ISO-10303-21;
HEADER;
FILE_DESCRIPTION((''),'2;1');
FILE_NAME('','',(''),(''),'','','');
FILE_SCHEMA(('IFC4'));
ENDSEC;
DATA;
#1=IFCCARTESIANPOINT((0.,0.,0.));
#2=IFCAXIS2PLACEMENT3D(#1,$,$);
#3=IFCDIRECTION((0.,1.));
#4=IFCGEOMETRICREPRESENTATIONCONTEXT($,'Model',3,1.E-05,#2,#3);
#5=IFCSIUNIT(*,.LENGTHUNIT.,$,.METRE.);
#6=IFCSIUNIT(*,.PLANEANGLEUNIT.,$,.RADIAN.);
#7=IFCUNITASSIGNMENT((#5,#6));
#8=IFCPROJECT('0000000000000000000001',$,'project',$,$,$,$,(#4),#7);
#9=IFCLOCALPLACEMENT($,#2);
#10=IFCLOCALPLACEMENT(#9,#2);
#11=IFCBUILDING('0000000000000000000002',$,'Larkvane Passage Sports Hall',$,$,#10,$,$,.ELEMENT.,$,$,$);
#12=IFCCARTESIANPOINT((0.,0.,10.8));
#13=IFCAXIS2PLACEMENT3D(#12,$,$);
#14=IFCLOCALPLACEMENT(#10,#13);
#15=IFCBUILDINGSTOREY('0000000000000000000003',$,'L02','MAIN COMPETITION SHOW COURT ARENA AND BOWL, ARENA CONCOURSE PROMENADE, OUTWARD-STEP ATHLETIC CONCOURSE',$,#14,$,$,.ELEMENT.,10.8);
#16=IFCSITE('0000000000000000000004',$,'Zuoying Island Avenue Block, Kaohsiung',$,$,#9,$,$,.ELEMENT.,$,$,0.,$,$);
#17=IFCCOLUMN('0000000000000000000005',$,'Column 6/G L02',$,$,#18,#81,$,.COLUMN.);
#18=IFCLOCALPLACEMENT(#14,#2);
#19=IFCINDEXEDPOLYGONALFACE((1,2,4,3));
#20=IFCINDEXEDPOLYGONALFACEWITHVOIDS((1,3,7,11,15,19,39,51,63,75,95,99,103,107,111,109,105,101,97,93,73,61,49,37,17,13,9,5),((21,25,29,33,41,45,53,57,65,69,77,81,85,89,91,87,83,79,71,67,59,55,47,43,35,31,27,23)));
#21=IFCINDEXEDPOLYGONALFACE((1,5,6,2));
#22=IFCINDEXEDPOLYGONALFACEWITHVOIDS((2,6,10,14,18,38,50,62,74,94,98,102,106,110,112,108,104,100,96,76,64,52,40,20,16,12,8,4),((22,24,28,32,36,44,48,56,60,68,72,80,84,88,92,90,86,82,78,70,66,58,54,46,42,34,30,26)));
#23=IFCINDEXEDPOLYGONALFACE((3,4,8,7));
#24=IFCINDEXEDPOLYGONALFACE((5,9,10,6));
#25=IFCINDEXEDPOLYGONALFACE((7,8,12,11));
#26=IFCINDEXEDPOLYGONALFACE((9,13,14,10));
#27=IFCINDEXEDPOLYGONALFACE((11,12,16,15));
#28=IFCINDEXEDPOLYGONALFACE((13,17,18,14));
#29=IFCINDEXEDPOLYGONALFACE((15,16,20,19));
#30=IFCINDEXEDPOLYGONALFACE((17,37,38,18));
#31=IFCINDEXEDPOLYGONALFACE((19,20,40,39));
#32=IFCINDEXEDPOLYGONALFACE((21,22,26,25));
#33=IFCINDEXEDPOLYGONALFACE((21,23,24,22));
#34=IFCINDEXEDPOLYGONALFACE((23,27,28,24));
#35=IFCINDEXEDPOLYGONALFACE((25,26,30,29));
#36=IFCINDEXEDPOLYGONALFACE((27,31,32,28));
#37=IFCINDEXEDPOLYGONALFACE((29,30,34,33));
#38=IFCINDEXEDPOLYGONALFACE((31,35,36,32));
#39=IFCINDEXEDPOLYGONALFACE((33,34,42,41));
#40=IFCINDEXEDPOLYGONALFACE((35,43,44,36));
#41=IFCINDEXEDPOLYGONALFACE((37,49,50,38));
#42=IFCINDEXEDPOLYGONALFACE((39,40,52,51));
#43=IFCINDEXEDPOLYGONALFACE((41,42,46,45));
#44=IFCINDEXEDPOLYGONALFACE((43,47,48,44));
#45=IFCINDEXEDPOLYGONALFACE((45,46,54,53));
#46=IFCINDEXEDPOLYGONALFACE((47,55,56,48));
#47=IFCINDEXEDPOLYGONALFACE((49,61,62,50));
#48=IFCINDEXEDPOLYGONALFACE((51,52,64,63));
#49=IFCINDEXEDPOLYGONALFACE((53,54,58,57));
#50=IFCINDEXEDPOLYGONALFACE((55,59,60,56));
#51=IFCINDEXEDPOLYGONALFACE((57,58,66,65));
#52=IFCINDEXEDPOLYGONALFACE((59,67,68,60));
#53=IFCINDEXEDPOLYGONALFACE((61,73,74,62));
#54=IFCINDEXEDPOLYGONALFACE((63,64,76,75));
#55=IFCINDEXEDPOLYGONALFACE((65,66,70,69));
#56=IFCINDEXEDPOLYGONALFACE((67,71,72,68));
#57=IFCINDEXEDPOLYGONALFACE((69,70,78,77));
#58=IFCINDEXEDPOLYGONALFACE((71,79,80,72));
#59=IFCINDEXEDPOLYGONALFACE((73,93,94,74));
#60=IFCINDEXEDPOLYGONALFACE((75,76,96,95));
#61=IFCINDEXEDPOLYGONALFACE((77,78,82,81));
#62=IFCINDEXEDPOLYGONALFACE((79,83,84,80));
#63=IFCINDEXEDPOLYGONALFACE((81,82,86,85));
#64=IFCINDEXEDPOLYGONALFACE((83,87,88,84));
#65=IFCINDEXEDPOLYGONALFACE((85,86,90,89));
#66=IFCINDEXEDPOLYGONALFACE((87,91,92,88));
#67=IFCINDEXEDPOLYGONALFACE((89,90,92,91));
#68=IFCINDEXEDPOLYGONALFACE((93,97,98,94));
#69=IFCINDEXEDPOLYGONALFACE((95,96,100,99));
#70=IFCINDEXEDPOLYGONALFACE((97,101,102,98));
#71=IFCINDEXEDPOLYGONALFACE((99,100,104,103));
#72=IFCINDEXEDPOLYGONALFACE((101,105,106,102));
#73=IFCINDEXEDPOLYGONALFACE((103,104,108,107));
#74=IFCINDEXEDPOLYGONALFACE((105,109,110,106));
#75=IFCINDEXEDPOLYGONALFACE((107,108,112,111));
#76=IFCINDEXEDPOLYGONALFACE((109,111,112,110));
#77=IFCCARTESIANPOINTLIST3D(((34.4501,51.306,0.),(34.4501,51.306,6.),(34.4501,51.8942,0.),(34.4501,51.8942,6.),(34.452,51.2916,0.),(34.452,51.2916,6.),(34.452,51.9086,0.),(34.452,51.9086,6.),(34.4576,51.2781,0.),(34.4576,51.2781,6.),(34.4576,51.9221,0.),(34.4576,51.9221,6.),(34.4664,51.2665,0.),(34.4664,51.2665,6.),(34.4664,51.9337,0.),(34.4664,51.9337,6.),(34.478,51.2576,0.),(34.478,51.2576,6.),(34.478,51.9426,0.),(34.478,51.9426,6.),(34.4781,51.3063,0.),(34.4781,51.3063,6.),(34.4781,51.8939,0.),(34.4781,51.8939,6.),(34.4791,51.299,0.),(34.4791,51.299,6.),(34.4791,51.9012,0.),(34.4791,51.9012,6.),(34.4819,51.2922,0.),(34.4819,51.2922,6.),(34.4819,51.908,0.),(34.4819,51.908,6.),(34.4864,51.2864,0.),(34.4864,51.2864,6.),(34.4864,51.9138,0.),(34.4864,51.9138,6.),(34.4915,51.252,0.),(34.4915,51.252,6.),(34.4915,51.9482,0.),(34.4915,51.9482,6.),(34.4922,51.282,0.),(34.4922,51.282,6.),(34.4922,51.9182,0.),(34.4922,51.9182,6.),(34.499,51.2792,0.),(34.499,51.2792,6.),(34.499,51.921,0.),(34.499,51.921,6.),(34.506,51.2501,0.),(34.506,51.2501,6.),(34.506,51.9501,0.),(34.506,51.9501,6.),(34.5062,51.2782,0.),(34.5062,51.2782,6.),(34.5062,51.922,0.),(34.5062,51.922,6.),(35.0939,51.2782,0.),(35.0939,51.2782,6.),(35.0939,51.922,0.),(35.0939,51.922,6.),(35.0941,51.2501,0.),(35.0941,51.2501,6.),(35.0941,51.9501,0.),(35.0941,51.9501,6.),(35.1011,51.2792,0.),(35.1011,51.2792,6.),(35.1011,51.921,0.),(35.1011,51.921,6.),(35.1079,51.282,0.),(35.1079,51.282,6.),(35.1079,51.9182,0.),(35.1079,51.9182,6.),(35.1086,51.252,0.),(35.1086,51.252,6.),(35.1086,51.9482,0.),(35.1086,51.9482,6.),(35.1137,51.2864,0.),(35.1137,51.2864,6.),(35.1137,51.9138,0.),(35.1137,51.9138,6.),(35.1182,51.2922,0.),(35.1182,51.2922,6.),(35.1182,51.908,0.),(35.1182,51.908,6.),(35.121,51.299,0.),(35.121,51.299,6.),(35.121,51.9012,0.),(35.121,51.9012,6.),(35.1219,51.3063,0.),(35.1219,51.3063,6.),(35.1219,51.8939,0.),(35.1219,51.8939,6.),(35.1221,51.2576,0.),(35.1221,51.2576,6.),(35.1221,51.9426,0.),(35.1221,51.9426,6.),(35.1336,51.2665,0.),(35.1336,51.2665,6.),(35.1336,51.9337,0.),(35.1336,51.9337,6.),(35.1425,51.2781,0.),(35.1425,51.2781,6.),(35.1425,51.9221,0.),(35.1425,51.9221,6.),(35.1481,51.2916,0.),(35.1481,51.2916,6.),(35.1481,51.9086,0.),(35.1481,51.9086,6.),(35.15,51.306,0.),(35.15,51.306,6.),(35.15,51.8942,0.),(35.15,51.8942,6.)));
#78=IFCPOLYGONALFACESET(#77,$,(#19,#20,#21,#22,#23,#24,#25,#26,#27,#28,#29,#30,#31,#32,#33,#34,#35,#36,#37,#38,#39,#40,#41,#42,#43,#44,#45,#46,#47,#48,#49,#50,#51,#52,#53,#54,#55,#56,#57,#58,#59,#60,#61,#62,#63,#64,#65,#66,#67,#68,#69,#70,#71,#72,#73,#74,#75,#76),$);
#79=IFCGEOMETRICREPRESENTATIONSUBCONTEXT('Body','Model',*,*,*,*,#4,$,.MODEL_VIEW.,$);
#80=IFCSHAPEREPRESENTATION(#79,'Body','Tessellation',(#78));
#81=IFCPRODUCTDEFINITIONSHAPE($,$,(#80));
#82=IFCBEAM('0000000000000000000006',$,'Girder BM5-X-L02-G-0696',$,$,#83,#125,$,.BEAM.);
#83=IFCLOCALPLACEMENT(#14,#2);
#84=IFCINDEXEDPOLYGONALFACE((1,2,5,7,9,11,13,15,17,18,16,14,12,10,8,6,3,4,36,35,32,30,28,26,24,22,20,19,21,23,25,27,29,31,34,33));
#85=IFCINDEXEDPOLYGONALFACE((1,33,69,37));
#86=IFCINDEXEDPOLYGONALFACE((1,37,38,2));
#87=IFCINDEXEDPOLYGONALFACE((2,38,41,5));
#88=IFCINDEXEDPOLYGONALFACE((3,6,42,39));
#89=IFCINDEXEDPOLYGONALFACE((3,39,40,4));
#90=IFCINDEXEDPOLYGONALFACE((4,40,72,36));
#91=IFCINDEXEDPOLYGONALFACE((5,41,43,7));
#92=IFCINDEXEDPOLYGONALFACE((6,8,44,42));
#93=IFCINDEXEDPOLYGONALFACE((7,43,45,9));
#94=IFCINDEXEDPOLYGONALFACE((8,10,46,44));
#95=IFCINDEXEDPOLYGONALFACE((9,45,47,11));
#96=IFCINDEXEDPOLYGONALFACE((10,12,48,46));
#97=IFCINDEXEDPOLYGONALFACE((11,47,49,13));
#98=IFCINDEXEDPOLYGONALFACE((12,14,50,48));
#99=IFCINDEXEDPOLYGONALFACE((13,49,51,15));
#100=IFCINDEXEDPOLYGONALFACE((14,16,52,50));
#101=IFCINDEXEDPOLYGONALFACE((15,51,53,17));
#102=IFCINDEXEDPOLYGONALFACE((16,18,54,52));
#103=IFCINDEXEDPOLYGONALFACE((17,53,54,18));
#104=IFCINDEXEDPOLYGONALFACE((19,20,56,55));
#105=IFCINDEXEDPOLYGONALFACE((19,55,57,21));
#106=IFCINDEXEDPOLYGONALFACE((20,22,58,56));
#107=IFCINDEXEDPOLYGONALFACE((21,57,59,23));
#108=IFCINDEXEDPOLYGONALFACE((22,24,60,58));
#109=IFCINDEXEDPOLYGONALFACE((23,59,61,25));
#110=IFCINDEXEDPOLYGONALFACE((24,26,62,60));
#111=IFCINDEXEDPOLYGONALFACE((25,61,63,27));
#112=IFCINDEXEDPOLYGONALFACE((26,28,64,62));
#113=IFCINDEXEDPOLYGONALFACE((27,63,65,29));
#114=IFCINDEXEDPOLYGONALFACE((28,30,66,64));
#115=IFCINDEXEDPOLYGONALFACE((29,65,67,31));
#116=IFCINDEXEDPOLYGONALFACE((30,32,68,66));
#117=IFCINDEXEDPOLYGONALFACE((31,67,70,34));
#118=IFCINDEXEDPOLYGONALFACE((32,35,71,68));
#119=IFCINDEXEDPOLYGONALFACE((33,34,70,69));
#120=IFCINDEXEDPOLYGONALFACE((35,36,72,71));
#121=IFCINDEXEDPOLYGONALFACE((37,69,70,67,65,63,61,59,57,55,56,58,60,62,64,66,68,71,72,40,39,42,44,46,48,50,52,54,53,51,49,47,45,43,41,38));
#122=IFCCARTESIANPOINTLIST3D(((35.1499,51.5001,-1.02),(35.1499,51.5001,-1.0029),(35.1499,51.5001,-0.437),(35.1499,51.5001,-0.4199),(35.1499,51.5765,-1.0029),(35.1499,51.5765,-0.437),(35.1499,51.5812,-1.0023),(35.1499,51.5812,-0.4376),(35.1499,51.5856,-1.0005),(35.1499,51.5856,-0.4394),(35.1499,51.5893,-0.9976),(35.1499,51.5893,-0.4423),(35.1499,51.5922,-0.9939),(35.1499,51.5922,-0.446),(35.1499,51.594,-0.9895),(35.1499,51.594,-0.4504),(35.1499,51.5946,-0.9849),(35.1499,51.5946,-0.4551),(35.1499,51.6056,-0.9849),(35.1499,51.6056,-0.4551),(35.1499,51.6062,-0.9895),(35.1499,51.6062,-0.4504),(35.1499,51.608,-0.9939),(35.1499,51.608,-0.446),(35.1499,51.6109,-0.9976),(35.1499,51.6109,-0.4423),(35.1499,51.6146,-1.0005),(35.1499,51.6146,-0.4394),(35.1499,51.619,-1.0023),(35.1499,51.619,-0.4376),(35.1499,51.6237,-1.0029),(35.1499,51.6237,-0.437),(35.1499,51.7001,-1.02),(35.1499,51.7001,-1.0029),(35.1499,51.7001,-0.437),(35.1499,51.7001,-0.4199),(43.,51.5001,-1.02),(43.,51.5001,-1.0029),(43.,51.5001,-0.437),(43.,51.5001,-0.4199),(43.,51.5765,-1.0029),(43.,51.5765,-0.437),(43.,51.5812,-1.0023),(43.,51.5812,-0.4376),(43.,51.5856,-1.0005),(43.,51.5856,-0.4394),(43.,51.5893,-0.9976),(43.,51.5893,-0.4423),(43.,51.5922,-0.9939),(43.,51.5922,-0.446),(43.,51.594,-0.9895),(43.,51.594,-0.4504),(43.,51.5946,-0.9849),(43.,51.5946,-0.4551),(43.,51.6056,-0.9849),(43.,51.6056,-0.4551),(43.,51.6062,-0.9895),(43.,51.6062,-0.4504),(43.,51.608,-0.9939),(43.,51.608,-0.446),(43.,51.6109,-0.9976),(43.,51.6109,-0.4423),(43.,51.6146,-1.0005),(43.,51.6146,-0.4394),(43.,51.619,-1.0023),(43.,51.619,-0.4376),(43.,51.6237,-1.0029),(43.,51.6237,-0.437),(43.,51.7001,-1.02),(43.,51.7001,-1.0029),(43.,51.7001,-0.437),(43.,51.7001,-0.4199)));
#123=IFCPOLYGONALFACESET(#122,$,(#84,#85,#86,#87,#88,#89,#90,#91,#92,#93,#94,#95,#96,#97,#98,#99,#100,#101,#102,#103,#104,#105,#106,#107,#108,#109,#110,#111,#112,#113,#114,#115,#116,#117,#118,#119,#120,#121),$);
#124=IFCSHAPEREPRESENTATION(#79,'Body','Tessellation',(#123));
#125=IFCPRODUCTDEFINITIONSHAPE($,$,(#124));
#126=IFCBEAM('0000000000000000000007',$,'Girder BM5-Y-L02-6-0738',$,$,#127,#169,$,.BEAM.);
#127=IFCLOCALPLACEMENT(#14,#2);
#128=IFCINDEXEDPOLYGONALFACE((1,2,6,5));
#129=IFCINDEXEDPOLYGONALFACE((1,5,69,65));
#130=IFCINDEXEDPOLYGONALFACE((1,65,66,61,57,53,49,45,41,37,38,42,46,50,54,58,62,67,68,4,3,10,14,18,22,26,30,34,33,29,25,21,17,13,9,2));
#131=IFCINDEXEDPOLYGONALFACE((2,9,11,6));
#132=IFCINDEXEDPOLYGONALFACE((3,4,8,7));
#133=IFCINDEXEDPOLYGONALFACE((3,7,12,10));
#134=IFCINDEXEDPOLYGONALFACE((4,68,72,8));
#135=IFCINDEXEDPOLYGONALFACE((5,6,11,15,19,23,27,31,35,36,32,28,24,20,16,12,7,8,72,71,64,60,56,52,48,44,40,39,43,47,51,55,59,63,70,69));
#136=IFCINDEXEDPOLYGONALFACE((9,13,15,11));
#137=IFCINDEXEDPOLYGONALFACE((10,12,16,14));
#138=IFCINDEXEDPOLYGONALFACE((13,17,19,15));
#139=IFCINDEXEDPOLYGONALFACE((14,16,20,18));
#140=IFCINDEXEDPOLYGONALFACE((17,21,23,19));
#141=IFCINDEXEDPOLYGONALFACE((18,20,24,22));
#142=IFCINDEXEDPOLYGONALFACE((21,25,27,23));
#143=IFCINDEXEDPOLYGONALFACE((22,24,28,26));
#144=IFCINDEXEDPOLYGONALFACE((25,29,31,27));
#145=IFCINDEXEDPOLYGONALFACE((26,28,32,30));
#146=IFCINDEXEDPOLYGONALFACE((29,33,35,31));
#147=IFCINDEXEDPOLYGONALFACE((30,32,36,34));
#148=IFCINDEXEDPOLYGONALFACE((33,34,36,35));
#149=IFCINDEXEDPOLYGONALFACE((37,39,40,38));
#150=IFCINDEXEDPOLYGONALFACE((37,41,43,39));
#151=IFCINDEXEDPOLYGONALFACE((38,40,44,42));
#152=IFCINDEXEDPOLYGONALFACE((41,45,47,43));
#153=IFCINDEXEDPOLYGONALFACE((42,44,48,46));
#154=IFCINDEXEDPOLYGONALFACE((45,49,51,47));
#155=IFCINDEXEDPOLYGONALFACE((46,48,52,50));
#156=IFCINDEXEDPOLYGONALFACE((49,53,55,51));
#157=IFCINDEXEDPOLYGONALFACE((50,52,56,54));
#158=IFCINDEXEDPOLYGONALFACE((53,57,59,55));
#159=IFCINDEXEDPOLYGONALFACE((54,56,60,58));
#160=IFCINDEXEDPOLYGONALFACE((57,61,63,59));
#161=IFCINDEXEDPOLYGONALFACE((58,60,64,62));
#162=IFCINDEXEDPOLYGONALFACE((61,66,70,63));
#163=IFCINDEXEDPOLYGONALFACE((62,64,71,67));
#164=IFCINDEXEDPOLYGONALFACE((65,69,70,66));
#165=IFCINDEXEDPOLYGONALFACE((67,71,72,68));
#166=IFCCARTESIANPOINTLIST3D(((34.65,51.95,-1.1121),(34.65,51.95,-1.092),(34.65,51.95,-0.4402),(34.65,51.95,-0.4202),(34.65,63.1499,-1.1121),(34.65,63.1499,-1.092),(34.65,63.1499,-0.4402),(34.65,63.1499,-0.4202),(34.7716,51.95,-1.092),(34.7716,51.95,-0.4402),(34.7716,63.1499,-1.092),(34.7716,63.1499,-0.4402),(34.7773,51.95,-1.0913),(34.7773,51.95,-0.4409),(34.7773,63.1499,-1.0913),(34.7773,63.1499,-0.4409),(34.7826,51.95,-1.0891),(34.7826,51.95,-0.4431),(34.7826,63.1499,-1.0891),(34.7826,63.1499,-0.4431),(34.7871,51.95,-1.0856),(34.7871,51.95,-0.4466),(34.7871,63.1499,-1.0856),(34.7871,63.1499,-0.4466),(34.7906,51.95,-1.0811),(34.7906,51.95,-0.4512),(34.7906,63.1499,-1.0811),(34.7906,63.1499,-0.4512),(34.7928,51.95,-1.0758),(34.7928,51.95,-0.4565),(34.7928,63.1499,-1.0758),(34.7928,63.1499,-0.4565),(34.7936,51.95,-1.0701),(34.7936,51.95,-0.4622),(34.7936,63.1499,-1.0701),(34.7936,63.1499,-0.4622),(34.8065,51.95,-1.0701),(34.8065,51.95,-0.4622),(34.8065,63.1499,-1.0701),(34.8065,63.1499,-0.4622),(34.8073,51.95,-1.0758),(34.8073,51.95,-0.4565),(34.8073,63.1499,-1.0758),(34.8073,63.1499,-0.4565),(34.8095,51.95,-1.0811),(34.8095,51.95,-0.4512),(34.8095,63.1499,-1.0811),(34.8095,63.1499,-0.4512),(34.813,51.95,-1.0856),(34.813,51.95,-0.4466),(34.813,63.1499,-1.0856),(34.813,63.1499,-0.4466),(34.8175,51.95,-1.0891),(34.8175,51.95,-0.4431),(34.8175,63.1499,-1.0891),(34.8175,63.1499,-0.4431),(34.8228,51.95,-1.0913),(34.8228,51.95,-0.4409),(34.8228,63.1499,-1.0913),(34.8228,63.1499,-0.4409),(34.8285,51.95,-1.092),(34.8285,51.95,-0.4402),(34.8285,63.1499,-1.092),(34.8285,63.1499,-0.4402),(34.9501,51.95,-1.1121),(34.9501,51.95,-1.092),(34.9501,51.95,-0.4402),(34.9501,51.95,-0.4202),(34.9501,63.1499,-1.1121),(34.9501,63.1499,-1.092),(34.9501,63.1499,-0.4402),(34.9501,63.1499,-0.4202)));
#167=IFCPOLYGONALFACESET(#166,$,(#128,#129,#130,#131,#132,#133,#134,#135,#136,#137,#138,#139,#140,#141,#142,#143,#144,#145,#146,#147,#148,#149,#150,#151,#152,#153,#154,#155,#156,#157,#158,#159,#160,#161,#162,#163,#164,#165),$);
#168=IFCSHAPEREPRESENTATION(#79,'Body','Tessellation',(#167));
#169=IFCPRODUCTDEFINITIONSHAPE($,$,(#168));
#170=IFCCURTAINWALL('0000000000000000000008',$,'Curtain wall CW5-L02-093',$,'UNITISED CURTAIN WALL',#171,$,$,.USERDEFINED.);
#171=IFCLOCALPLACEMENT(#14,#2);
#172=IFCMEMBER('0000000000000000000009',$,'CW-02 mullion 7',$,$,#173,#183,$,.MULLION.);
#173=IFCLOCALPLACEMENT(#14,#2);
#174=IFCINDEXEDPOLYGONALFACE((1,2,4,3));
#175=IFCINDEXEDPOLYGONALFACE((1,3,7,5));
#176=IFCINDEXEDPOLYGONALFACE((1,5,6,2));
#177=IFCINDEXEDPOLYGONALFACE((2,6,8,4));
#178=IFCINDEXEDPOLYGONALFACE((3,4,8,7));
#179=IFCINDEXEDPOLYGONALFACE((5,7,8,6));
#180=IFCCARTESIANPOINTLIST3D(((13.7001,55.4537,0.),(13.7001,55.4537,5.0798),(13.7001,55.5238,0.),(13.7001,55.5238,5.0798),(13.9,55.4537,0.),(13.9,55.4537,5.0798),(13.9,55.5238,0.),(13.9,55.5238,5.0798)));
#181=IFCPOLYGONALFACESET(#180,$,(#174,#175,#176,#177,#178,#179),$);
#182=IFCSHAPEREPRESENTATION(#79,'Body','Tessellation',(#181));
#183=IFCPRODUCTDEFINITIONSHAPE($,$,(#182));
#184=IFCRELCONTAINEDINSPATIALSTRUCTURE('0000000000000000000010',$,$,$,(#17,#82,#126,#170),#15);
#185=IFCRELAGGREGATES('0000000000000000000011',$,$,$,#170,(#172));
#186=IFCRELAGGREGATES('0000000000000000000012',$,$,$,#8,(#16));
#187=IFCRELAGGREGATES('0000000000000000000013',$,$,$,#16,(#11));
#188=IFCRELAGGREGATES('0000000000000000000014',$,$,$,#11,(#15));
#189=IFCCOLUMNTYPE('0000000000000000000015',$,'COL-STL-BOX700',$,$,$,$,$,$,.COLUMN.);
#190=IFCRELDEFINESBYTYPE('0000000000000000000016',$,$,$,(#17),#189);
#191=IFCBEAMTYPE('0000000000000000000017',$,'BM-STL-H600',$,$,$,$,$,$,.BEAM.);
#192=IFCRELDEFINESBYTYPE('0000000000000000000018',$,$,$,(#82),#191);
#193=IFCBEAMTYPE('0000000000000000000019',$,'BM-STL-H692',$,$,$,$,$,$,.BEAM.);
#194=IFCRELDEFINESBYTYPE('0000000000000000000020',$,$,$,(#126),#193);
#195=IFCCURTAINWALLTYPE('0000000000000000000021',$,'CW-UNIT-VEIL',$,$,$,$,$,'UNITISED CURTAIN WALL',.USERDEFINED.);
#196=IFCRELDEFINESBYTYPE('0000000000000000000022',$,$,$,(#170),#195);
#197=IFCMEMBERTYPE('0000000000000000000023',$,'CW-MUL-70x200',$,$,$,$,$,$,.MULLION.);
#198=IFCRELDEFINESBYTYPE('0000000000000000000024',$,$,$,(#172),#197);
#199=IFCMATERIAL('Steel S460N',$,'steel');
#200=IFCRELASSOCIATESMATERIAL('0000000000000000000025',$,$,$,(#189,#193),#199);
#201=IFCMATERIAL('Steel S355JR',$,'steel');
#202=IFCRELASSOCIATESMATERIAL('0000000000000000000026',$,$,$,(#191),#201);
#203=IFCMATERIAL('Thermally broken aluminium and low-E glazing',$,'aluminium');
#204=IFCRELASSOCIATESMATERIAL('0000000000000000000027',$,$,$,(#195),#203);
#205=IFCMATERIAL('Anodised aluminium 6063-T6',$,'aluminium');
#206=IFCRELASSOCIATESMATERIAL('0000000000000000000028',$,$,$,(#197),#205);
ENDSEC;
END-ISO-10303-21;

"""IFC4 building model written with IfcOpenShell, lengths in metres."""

from ifc_helpers import new_model, si_unit, direction, frame, origin, origin_2d, place, context, subcontext, project, spatial, rectangle, hollow_rectangle, i_section, extrude, material, material_profile, profile_set, type_object, element, aggregate, save


model = new_model("IFC4")

# Units and contexts
model_context = context("Model", 3, precision=1e-05, world=origin(), true_north=direction((0.0, 1.0)))
body_context = subcontext(model_context, "Body", "Model", "MODEL_VIEW")
ifc_project = project(units=[si_unit("LENGTHUNIT", "METRE"), si_unit("PLANEANGLEUNIT", "RADIAN")], contexts=[model_context])

# Site, building, storey
site_placement = place(None, origin())
site = spatial("IfcSite", under=ifc_project, at=site_placement, Name="Zuoying Island Avenue Block, Kaohsiung", CompositionType="ELEMENT", RefElevation=0.0)
building_placement = place(site_placement, origin())
building = spatial("IfcBuilding", under=site, at=building_placement, Name="Larkvane Passage Sports Hall", CompositionType="ELEMENT")
storey_placement = place(building_placement, frame((0.0, 0.0, 10.8)))
storey = spatial("IfcBuildingStorey", under=building, at=storey_placement, Name="L02", Description="MAIN COMPETITION SHOW COURT ARENA AND BOWL, ARENA CONCOURSE PROMENADE, OUTWARD-STEP ATHLETIC CONCOURSE", CompositionType="ELEMENT", Elevation=10.8)

# Column
ifc_material_1 = material(Name="Steel S460N", Category="steel")
ifc_material_profile_1 = material_profile(ifc_material_1, hollow_rectangle(XDim=0.7, YDim=0.7, WallThickness=0.0281, InnerFilletRadius=0.0281, OuterFilletRadius=0.0559, at=origin_2d()), Name="BOX-700x700x28")
ifc_profile_set_1 = profile_set([ifc_material_profile_1], Name="Steel S460N")
column_type = type_object("IfcColumnType", Name="COL-STL-BOX700", PredefinedType="COLUMN", material=ifc_profile_set_1)
column_placement = place(storey_placement, frame((34.8, 51.6001, 0.0), z_axis=(0.0, 0.0, 1.0), x_axis=(1.0, 0.0, 0.0)))
element("IfcColumn", 1, at=column_placement, inside=storey, type_object=column_type, Name="Column 6/G L02", PredefinedType="COLUMN", context=body_context, shape_type="SweptSolid", body=[
    extrude(hollow_rectangle(XDim=0.7, YDim=0.7, WallThickness=0.0281, InnerFilletRadius=0.0281, OuterFilletRadius=0.0559, at=origin_2d()), origin(), (0.0, 0.0, 1.0), 6.0),
])

# Beams
ifc_material_2 = material(Name="Steel S355JR", Category="steel")
ifc_material_profile_2 = material_profile(ifc_material_2, i_section(OverallWidth=0.2, OverallDepth=0.6001, WebThickness=0.011, FlangeThickness=0.0171, FilletRadius=0.0181, at=origin_2d()), Name="H-600x200x11x17")
ifc_profile_set_2 = profile_set([ifc_material_profile_2], Name="Steel S355JR")
beam_type_1 = type_object("IfcBeamType", Name="BM-STL-H600", PredefinedType="BEAM", material=ifc_profile_set_2)
beam_1_placement = place(storey_placement, frame((35.1499, 51.6001, -0.72), z_axis=(1.0, 0.0, 0.0), x_axis=(0.0, 1.0, 0.0)))
element("IfcBeam", 2, at=beam_1_placement, inside=storey, type_object=beam_type_1, Name="Girder BM5-X-L02-G-0696", PredefinedType="BEAM", context=body_context, shape_type="SweptSolid", body=[
    extrude(i_section(OverallWidth=0.2, OverallDepth=0.6001, WebThickness=0.011, FlangeThickness=0.0171, FilletRadius=0.0181, at=origin_2d()), origin(), (0.0, 0.0, 1.0), 7.8501),
])
ifc_material_profile_3 = material_profile(ifc_material_1, i_section(OverallWidth=0.3, OverallDepth=0.6919, WebThickness=0.0129, FlangeThickness=0.02, FilletRadius=0.022, at=origin_2d()), Name="H-692x300x13x20")
ifc_profile_set_3 = profile_set([ifc_material_profile_3], Name="Steel S460N")
beam_type_2 = type_object("IfcBeamType", Name="BM-STL-H692", PredefinedType="BEAM", material=ifc_profile_set_3)
beam_2_placement = place(storey_placement, frame((34.8, 51.95, -0.7661), z_axis=(0.0, 1.0, 0.0), x_axis=(-1.0, 0.0, 0.0)))
element("IfcBeam", 3, at=beam_2_placement, inside=storey, type_object=beam_type_2, Name="Girder BM5-Y-L02-6-0738", PredefinedType="BEAM", context=body_context, shape_type="SweptSolid", body=[
    extrude(i_section(OverallWidth=0.3, OverallDepth=0.6919, WebThickness=0.0129, FlangeThickness=0.02, FilletRadius=0.022, at=origin_2d()), origin(), (0.0, 0.0, 1.0), 11.2),
])

# Curtain wall, member
ifc_material_3 = material(Name="Thermally broken aluminium and low-E glazing", Category="aluminium")
curtain_wall_type = type_object("IfcCurtainWallType", Name="CW-UNIT-VEIL", ElementType="UNITISED CURTAIN WALL", PredefinedType="USERDEFINED", material=ifc_material_3)
curtain_wall_placement = place(storey_placement, origin())
curtain_wall = element("IfcCurtainWall", 4, at=curtain_wall_placement, inside=storey, type_object=curtain_wall_type, Name="Curtain wall CW5-L02-093", ObjectType="UNITISED CURTAIN WALL", PredefinedType="USERDEFINED")
ifc_material_4 = material(Name="Anodised aluminium 6063-T6", Category="aluminium")
ifc_material_profile_4 = material_profile(ifc_material_4, rectangle(XDim=0.0701, YDim=0.2, at=origin_2d()), Name="ALU-MUL-70x200")
ifc_profile_set_4 = profile_set([ifc_material_profile_4], Name="Anodised aluminium 6063-T6")
member_type_1 = type_object("IfcMemberType", Name="CW-MUL-70x200", PredefinedType="MULLION", material=ifc_profile_set_4)
member_1_placement = place(storey_placement, frame((13.8, 55.4888, 0.0), z_axis=(0.0, 0.0, 1.0), x_axis=(0.0, 1.0, 0.0)))
member_1 = element("IfcMember", 5, at=member_1_placement, type_object=member_type_1, Name="CW-02 mullion 7", PredefinedType="MULLION", context=body_context, shape_type="SweptSolid", body=[
    extrude(rectangle(XDim=0.0701, YDim=0.2, at=origin_2d()), origin(), (0.0, 0.0, 1.0), 5.0798),
])

aggregate(curtain_wall, [member_1])

save(model, "model.ifc")
